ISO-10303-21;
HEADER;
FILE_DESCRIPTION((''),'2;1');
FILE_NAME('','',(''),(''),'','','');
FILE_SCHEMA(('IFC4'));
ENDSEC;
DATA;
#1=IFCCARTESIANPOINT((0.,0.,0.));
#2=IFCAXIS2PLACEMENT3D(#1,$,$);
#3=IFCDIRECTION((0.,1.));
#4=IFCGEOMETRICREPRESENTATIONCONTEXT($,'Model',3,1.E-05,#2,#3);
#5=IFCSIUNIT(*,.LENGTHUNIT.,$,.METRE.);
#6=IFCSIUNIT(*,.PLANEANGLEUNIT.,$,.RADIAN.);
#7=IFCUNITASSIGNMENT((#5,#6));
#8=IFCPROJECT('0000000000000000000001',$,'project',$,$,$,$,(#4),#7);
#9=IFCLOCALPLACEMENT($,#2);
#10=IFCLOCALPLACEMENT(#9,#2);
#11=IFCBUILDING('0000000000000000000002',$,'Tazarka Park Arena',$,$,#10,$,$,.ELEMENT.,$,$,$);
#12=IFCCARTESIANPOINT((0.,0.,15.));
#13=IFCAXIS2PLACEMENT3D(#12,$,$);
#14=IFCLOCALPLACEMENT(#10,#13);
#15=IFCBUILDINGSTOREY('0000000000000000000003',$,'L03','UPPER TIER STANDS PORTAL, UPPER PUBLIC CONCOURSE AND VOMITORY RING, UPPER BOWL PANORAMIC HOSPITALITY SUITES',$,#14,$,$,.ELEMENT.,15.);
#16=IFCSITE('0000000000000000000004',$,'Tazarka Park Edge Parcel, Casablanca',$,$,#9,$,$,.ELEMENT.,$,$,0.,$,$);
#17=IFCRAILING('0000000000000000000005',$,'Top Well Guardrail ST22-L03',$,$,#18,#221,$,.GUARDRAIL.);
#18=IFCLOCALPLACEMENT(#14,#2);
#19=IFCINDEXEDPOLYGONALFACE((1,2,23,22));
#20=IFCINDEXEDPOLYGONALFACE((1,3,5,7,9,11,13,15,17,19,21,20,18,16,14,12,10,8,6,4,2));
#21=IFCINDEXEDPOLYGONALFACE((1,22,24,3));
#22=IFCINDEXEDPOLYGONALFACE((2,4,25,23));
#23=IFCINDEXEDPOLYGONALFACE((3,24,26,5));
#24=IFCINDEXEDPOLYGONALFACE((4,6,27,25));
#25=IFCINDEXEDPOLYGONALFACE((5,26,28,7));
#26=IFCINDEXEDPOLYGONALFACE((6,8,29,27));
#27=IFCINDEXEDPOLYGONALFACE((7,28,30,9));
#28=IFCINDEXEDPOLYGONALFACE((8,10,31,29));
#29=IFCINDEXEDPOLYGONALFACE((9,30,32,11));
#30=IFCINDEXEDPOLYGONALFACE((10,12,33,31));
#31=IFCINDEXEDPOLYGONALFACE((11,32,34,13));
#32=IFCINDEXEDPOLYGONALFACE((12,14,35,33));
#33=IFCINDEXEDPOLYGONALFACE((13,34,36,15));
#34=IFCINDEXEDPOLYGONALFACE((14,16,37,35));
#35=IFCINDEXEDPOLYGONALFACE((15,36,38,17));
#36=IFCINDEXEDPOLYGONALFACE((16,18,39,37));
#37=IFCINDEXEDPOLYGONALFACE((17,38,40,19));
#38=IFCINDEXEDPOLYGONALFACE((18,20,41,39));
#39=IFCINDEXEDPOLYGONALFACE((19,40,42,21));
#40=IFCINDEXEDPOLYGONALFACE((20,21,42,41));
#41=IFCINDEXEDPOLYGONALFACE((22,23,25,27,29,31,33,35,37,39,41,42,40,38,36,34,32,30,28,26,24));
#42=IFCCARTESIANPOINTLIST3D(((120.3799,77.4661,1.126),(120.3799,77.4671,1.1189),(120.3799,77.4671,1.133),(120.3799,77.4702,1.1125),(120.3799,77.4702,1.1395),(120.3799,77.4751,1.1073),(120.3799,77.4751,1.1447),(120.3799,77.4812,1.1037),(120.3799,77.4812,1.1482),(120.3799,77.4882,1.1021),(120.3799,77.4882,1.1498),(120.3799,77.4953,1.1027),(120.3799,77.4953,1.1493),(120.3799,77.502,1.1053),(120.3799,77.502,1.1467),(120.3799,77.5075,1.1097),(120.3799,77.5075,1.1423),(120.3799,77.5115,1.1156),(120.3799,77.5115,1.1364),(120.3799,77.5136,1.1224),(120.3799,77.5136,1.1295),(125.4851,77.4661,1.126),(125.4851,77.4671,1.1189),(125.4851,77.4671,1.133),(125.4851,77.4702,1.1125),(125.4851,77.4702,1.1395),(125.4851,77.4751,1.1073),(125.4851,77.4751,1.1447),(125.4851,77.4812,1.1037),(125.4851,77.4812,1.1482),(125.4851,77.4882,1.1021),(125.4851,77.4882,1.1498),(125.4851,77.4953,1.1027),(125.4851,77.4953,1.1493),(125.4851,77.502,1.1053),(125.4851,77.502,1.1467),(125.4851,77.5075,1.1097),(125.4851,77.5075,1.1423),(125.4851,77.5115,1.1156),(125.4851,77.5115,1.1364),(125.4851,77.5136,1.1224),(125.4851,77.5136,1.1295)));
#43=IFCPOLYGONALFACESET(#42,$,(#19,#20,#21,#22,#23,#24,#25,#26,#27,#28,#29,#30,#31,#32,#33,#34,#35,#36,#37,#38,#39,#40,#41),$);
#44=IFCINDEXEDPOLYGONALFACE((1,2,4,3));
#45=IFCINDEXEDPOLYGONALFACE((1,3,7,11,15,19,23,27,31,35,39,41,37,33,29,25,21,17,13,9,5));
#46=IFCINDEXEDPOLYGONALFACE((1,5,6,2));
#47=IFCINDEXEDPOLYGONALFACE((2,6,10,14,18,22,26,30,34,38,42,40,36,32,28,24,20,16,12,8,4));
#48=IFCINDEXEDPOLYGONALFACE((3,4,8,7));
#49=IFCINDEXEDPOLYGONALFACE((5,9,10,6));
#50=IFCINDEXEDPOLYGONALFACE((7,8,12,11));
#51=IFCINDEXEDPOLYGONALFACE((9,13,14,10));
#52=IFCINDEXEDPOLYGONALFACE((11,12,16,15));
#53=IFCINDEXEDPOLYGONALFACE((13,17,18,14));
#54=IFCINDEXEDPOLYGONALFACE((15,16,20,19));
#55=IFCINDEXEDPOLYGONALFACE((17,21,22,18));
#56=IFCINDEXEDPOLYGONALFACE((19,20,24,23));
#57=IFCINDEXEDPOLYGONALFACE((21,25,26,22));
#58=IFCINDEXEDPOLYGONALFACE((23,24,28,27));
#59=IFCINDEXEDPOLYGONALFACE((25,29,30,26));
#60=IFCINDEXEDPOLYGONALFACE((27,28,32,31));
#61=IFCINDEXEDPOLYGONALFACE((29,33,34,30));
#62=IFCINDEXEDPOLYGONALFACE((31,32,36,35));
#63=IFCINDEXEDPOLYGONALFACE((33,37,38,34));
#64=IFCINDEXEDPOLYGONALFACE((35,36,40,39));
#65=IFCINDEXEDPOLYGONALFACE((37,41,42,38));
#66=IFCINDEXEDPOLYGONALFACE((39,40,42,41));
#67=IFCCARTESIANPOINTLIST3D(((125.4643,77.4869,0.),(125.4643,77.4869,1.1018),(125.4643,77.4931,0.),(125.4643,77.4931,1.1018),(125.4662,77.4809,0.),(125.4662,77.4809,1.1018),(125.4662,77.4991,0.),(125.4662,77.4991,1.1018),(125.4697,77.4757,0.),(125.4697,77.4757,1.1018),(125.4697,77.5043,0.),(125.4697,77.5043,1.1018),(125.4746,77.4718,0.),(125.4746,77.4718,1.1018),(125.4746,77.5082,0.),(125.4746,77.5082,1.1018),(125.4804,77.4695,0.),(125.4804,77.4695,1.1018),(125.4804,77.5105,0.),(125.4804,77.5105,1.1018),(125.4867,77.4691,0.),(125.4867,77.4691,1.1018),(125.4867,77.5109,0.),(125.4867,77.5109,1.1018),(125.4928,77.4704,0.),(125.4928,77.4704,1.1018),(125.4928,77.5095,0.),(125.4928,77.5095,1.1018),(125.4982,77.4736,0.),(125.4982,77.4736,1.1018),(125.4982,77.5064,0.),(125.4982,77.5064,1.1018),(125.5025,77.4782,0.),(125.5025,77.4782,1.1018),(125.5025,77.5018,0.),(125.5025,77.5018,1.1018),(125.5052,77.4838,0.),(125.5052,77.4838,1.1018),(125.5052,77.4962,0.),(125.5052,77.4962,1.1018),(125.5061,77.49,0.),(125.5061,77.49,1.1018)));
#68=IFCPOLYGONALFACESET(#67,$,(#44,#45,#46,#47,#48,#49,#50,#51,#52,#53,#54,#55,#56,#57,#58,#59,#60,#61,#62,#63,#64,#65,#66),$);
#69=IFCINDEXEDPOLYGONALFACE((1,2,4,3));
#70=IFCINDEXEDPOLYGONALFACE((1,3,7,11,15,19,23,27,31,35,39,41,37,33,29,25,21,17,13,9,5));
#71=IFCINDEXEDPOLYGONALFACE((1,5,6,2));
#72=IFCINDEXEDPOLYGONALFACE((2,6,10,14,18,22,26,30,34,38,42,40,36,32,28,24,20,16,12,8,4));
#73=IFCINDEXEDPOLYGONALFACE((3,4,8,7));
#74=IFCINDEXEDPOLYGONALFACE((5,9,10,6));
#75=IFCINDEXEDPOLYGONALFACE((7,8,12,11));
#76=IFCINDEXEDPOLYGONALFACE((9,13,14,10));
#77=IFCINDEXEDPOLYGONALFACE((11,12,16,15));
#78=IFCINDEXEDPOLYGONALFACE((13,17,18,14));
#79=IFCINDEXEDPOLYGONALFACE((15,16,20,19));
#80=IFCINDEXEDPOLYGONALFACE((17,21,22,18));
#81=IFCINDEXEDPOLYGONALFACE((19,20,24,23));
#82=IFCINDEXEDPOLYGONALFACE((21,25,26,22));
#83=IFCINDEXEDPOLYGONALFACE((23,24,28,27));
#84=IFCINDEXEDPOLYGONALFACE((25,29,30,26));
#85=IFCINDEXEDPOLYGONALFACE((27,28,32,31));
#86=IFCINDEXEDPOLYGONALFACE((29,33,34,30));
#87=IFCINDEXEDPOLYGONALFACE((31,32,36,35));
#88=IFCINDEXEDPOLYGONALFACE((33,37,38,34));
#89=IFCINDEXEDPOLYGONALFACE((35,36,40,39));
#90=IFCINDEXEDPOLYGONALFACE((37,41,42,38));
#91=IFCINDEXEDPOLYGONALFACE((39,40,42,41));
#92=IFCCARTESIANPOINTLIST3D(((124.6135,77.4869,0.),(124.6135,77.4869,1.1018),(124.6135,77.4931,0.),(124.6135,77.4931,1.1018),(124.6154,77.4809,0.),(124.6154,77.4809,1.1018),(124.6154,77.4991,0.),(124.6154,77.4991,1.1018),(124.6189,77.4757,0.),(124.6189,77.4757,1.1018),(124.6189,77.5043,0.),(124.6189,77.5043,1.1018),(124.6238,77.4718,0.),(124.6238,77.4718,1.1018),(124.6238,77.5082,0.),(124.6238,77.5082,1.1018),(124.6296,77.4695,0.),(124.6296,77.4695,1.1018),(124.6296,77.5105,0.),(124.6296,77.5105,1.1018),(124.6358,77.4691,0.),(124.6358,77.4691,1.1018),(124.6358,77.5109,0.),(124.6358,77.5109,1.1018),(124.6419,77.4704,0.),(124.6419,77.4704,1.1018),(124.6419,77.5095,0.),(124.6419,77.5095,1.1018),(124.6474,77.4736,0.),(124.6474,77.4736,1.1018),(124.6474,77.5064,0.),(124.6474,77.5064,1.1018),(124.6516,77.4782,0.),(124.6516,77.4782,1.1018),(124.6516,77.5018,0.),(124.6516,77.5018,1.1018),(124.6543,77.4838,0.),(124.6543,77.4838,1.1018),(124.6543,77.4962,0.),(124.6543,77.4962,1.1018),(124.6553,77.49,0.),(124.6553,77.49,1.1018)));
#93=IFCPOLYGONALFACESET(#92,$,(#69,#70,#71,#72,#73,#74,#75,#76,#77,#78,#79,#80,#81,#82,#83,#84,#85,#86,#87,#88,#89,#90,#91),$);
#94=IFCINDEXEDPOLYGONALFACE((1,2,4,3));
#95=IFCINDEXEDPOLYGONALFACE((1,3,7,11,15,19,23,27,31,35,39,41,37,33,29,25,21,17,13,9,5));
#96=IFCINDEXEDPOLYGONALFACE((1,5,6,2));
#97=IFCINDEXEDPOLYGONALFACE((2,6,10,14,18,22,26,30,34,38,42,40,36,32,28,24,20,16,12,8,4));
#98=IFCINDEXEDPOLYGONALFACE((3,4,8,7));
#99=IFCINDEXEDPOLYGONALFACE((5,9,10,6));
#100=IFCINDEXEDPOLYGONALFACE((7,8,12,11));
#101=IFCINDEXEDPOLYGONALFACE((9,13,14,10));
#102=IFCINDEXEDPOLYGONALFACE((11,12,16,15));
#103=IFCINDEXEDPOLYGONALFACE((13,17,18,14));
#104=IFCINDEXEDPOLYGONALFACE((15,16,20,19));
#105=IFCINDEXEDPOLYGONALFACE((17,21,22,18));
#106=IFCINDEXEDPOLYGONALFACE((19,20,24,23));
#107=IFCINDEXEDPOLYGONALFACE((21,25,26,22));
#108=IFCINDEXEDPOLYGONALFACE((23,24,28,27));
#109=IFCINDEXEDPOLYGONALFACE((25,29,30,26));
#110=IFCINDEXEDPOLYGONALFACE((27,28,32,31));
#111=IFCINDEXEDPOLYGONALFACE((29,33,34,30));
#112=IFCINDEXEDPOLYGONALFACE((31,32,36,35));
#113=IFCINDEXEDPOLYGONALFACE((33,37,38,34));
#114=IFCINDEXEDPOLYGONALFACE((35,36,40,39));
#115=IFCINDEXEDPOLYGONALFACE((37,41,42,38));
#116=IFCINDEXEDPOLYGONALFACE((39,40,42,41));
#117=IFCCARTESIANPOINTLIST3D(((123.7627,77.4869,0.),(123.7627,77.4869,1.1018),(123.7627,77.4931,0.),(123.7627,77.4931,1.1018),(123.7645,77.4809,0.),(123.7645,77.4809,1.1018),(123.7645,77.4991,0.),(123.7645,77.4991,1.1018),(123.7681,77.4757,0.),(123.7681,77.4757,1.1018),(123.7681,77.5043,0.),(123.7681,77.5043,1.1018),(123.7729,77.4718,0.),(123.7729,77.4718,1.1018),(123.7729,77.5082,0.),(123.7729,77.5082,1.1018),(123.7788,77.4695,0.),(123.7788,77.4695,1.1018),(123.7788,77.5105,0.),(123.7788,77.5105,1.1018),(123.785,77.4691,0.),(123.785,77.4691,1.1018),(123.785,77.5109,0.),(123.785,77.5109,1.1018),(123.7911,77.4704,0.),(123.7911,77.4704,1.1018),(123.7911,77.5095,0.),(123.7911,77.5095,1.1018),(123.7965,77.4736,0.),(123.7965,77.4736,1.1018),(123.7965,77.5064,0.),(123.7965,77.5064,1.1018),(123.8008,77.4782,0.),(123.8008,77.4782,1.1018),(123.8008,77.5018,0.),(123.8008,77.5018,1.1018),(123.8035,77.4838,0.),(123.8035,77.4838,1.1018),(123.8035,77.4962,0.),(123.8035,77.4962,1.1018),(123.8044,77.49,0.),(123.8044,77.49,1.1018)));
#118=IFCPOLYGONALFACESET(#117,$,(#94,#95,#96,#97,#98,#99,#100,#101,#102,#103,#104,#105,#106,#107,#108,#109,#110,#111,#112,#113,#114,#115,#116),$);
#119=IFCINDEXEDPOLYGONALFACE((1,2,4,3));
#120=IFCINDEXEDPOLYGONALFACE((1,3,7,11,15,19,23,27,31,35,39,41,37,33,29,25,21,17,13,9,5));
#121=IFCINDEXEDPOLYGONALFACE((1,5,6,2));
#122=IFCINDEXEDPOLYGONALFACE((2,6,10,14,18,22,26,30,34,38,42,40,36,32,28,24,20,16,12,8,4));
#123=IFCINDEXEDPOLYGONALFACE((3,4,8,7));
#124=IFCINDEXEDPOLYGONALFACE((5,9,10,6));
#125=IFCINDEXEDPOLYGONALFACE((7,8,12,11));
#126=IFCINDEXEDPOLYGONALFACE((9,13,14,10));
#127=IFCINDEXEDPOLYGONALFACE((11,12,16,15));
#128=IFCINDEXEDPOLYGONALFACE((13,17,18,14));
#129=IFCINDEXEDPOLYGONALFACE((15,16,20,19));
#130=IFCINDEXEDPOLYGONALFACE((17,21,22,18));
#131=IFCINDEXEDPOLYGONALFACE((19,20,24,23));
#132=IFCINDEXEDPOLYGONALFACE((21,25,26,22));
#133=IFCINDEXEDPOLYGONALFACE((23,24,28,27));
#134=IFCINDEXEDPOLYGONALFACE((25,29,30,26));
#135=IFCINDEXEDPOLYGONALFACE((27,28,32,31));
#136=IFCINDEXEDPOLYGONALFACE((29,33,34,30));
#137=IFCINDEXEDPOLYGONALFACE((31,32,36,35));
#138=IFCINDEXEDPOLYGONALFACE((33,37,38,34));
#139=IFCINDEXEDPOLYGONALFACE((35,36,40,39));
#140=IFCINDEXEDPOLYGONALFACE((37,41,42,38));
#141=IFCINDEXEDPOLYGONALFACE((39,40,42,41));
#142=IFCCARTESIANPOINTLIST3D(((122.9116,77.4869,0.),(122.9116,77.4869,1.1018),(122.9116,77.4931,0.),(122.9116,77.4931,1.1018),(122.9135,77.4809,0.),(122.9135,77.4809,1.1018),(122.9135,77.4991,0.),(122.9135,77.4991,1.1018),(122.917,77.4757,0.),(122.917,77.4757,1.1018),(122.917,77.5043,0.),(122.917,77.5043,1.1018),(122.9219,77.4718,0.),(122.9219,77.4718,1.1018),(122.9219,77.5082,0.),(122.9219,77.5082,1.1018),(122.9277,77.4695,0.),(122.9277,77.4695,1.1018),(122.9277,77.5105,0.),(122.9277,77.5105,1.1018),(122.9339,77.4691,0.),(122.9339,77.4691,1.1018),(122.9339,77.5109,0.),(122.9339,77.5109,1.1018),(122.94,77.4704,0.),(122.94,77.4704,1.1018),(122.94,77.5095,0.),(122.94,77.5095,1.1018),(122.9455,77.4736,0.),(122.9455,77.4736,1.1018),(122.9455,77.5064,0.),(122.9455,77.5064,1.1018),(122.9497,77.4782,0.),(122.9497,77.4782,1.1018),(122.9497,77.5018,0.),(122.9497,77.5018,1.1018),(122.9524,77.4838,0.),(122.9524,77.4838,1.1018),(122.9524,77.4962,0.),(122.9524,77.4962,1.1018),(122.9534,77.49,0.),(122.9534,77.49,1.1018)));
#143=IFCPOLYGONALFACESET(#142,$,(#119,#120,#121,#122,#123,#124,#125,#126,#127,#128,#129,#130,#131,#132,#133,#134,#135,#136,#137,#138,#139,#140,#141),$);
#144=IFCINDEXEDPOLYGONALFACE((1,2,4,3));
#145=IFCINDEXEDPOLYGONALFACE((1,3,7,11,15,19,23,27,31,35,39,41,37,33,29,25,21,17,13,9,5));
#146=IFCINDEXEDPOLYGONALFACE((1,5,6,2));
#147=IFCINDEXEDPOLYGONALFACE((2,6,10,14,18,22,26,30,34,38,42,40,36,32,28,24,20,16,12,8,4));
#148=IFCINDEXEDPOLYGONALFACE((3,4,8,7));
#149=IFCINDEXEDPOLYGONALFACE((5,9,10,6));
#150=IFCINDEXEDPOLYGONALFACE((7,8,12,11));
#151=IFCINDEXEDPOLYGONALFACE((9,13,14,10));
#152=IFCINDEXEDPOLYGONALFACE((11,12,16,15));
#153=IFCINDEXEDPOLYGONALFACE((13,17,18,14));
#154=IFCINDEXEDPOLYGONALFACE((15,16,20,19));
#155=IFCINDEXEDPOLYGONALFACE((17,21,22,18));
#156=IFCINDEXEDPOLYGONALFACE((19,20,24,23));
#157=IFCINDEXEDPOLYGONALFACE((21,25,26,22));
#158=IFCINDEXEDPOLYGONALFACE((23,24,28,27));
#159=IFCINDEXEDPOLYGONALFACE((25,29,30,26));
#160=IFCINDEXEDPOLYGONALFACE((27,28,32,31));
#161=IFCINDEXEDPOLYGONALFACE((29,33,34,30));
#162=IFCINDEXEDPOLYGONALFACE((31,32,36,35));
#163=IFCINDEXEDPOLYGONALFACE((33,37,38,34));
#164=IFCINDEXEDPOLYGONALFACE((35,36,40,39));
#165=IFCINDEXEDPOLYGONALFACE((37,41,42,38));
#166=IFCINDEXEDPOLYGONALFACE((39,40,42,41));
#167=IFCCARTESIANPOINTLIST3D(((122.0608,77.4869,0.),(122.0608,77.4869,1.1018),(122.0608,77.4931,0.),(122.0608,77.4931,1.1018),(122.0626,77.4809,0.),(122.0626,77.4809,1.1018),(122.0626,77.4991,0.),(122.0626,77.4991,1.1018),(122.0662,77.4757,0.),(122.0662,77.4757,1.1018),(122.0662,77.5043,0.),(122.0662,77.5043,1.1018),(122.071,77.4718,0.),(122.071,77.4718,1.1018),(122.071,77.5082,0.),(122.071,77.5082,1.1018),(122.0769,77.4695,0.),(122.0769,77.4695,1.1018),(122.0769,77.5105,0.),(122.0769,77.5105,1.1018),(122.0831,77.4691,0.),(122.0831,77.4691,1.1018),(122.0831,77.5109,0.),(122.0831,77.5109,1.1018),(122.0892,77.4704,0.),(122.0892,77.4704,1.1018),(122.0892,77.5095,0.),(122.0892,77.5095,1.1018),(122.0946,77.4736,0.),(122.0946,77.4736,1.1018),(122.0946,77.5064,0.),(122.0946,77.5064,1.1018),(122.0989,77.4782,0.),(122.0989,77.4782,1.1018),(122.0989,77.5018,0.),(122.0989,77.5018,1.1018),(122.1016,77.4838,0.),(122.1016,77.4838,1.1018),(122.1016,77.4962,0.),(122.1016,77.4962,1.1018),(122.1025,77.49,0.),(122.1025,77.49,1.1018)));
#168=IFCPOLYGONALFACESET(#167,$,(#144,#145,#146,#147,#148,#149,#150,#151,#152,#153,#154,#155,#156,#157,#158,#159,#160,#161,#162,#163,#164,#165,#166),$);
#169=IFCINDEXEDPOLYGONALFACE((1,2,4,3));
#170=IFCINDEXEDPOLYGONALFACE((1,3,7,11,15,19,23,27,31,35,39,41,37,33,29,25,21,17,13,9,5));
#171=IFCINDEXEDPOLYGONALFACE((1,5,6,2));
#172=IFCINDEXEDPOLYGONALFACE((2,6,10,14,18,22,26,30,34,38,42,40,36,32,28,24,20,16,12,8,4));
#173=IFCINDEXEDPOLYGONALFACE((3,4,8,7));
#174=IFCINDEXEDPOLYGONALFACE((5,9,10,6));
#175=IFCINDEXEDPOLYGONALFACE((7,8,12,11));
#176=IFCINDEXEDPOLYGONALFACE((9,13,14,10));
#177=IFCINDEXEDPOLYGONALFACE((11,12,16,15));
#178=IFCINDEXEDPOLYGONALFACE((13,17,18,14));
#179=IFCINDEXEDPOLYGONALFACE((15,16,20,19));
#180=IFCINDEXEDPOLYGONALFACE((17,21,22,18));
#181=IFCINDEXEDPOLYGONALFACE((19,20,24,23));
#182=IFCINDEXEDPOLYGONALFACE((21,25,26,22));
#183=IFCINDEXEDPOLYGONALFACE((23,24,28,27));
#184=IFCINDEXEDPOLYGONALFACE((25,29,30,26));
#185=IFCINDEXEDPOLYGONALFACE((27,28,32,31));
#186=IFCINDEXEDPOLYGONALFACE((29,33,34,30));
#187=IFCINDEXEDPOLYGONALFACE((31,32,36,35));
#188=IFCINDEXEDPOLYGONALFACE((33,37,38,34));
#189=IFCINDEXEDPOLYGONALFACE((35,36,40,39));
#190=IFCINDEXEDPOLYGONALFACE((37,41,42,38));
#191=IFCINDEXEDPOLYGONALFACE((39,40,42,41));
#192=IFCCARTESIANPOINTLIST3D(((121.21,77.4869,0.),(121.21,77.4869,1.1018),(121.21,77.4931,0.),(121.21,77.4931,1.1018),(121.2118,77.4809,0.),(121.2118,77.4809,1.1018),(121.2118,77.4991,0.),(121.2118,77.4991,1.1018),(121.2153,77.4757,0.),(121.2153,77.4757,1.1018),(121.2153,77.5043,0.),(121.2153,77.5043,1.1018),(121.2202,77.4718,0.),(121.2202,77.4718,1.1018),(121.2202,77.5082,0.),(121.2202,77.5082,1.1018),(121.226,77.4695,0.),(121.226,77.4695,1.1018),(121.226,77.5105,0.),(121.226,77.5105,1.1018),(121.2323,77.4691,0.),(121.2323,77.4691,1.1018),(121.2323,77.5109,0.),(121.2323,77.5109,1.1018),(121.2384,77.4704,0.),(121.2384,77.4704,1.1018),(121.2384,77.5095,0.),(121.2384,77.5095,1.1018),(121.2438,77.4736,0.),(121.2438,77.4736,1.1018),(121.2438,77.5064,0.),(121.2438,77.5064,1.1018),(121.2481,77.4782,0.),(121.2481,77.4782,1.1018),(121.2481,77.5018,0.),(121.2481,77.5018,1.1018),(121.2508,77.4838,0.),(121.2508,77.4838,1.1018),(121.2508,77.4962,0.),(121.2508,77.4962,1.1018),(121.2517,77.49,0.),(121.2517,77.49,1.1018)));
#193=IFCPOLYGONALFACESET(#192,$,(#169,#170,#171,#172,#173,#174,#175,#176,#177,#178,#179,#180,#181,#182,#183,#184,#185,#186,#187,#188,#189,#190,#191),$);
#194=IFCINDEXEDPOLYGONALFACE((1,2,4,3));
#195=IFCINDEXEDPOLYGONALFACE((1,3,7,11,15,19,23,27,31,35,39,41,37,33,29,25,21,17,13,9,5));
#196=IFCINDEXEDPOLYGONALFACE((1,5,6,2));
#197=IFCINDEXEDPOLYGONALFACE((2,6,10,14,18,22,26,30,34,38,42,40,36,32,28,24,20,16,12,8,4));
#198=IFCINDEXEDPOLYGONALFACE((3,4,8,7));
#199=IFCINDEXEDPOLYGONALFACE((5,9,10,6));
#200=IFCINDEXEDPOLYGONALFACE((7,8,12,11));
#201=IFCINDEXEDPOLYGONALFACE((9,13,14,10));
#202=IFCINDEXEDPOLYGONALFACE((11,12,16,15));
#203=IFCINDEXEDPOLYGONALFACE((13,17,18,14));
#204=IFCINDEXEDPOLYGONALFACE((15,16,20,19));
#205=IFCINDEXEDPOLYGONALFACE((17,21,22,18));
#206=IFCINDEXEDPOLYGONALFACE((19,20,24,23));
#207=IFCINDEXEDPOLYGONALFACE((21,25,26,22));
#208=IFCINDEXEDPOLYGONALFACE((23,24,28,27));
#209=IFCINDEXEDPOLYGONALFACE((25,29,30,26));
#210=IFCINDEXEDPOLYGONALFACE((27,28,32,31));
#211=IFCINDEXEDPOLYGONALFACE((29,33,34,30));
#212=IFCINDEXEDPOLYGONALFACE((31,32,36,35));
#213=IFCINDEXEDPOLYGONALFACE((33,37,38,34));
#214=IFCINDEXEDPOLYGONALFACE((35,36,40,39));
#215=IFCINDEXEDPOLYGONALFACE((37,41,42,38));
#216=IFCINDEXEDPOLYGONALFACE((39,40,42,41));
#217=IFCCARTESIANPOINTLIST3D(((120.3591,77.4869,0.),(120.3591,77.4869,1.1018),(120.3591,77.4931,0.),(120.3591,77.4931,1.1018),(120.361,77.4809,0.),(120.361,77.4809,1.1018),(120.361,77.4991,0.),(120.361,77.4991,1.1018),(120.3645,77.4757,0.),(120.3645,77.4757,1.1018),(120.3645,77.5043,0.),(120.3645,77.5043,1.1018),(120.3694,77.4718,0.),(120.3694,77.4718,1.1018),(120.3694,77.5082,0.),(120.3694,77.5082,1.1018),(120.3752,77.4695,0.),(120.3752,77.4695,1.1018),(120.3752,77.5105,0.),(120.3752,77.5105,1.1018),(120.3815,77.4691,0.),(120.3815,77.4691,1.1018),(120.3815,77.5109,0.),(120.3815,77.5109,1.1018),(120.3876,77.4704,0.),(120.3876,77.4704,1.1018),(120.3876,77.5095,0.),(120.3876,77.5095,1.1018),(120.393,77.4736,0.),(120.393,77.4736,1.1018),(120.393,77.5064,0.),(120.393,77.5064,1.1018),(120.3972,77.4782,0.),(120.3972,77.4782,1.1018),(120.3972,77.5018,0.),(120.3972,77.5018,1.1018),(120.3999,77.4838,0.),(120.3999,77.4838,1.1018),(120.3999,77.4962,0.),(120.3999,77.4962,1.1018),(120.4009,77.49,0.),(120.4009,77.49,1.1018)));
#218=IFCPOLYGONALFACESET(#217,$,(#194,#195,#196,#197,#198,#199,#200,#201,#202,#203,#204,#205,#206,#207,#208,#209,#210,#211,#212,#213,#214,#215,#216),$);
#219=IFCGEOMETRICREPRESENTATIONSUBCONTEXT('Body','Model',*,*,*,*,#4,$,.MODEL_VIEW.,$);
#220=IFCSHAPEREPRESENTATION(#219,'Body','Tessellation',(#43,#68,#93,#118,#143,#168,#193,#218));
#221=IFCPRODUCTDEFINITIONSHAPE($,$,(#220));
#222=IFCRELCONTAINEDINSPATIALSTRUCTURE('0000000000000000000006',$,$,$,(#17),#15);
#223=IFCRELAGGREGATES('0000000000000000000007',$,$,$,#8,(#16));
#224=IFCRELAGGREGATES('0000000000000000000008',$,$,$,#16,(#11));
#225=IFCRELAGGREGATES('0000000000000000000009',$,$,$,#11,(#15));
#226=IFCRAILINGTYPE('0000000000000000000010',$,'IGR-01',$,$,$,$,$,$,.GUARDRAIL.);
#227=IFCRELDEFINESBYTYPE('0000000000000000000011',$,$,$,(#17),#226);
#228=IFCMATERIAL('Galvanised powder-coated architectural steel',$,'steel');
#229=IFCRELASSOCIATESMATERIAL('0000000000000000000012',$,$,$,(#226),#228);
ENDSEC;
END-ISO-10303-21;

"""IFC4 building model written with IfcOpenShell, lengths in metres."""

from ifc_helpers import new_model, si_unit, direction, frame, origin, origin_2d, place, context, subcontext, project, spatial, circle, extrude, material, type_object, element, save


model = new_model("IFC4")

# Units and contexts
model_context = context("Model", 3, precision=1e-05, world=origin(), true_north=direction((0.0, 1.0)))
body_context = subcontext(model_context, "Body", "Model", "MODEL_VIEW")
ifc_project = project(units=[si_unit("LENGTHUNIT", "METRE"), si_unit("PLANEANGLEUNIT", "RADIAN")], contexts=[model_context])

# Site, building, storey
site_placement = place(None, origin())
site = spatial("IfcSite", under=ifc_project, at=site_placement, Name="Tazarka Park Edge Parcel, Casablanca", CompositionType="ELEMENT", RefElevation=0.0)
building_placement = place(site_placement, origin())
building = spatial("IfcBuilding", under=site, at=building_placement, Name="Tazarka Park Arena", CompositionType="ELEMENT")
storey_placement = place(building_placement, frame((0.0, 0.0, 15.0)))
storey = spatial("IfcBuildingStorey", under=building, at=storey_placement, Name="L03", Description="UPPER TIER STANDS PORTAL, UPPER PUBLIC CONCOURSE AND VOMITORY RING, UPPER BOWL PANORAMIC HOSPITALITY SUITES", CompositionType="ELEMENT", Elevation=15.0)

# Railing
ifc_material_1 = material(Name="Galvanised powder-coated architectural steel", Category="steel")
railing_type = type_object("IfcRailingType", Name="IGR-01", PredefinedType="GUARDRAIL", material=ifc_material_1)
railing_1_placement = place(storey_placement, frame((125.4851, 77.49, 0.0)))
element("IfcRailing", 1, at=railing_1_placement, inside=storey, type_object=railing_type, Name="Top Well Guardrail ST22-L03", PredefinedType="GUARDRAIL", context=body_context, shape_type="SweptSolid", body=[
    extrude(circle(Radius=0.0239, at=origin_2d()), frame((0.0, 0.0, 1.126), z_axis=(-1.0, 0.0, 0.0), x_axis=(0.0, -1.0, 0.0)), (0.0, 0.0, 1.0), 5.1052),
    extrude(circle(Radius=0.021, at=origin_2d()), origin(), (0.0, 0.0, 1.0), 1.1018),
    extrude(circle(Radius=0.021, at=origin_2d()), frame((-0.8508, 0.0, 0.0)), (0.0, 0.0, 1.0), 1.1018),
    extrude(circle(Radius=0.021, at=origin_2d()), frame((-1.7017, 0.0, 0.0)), (0.0, 0.0, 1.0), 1.1018),
    extrude(circle(Radius=0.021, at=origin_2d()), frame((-2.5527, 0.0, 0.0)), (0.0, 0.0, 1.0), 1.1018),
    extrude(circle(Radius=0.021, at=origin_2d()), frame((-3.4036, 0.0, 0.0)), (0.0, 0.0, 1.0), 1.1018),
    extrude(circle(Radius=0.021, at=origin_2d()), frame((-4.2544, 0.0, 0.0)), (0.0, 0.0, 1.0), 1.1018),
    extrude(circle(Radius=0.021, at=origin_2d()), frame((-5.1052, 0.0, 0.0)), (0.0, 0.0, 1.0), 1.1018),
])

save(model, "model.ifc")
